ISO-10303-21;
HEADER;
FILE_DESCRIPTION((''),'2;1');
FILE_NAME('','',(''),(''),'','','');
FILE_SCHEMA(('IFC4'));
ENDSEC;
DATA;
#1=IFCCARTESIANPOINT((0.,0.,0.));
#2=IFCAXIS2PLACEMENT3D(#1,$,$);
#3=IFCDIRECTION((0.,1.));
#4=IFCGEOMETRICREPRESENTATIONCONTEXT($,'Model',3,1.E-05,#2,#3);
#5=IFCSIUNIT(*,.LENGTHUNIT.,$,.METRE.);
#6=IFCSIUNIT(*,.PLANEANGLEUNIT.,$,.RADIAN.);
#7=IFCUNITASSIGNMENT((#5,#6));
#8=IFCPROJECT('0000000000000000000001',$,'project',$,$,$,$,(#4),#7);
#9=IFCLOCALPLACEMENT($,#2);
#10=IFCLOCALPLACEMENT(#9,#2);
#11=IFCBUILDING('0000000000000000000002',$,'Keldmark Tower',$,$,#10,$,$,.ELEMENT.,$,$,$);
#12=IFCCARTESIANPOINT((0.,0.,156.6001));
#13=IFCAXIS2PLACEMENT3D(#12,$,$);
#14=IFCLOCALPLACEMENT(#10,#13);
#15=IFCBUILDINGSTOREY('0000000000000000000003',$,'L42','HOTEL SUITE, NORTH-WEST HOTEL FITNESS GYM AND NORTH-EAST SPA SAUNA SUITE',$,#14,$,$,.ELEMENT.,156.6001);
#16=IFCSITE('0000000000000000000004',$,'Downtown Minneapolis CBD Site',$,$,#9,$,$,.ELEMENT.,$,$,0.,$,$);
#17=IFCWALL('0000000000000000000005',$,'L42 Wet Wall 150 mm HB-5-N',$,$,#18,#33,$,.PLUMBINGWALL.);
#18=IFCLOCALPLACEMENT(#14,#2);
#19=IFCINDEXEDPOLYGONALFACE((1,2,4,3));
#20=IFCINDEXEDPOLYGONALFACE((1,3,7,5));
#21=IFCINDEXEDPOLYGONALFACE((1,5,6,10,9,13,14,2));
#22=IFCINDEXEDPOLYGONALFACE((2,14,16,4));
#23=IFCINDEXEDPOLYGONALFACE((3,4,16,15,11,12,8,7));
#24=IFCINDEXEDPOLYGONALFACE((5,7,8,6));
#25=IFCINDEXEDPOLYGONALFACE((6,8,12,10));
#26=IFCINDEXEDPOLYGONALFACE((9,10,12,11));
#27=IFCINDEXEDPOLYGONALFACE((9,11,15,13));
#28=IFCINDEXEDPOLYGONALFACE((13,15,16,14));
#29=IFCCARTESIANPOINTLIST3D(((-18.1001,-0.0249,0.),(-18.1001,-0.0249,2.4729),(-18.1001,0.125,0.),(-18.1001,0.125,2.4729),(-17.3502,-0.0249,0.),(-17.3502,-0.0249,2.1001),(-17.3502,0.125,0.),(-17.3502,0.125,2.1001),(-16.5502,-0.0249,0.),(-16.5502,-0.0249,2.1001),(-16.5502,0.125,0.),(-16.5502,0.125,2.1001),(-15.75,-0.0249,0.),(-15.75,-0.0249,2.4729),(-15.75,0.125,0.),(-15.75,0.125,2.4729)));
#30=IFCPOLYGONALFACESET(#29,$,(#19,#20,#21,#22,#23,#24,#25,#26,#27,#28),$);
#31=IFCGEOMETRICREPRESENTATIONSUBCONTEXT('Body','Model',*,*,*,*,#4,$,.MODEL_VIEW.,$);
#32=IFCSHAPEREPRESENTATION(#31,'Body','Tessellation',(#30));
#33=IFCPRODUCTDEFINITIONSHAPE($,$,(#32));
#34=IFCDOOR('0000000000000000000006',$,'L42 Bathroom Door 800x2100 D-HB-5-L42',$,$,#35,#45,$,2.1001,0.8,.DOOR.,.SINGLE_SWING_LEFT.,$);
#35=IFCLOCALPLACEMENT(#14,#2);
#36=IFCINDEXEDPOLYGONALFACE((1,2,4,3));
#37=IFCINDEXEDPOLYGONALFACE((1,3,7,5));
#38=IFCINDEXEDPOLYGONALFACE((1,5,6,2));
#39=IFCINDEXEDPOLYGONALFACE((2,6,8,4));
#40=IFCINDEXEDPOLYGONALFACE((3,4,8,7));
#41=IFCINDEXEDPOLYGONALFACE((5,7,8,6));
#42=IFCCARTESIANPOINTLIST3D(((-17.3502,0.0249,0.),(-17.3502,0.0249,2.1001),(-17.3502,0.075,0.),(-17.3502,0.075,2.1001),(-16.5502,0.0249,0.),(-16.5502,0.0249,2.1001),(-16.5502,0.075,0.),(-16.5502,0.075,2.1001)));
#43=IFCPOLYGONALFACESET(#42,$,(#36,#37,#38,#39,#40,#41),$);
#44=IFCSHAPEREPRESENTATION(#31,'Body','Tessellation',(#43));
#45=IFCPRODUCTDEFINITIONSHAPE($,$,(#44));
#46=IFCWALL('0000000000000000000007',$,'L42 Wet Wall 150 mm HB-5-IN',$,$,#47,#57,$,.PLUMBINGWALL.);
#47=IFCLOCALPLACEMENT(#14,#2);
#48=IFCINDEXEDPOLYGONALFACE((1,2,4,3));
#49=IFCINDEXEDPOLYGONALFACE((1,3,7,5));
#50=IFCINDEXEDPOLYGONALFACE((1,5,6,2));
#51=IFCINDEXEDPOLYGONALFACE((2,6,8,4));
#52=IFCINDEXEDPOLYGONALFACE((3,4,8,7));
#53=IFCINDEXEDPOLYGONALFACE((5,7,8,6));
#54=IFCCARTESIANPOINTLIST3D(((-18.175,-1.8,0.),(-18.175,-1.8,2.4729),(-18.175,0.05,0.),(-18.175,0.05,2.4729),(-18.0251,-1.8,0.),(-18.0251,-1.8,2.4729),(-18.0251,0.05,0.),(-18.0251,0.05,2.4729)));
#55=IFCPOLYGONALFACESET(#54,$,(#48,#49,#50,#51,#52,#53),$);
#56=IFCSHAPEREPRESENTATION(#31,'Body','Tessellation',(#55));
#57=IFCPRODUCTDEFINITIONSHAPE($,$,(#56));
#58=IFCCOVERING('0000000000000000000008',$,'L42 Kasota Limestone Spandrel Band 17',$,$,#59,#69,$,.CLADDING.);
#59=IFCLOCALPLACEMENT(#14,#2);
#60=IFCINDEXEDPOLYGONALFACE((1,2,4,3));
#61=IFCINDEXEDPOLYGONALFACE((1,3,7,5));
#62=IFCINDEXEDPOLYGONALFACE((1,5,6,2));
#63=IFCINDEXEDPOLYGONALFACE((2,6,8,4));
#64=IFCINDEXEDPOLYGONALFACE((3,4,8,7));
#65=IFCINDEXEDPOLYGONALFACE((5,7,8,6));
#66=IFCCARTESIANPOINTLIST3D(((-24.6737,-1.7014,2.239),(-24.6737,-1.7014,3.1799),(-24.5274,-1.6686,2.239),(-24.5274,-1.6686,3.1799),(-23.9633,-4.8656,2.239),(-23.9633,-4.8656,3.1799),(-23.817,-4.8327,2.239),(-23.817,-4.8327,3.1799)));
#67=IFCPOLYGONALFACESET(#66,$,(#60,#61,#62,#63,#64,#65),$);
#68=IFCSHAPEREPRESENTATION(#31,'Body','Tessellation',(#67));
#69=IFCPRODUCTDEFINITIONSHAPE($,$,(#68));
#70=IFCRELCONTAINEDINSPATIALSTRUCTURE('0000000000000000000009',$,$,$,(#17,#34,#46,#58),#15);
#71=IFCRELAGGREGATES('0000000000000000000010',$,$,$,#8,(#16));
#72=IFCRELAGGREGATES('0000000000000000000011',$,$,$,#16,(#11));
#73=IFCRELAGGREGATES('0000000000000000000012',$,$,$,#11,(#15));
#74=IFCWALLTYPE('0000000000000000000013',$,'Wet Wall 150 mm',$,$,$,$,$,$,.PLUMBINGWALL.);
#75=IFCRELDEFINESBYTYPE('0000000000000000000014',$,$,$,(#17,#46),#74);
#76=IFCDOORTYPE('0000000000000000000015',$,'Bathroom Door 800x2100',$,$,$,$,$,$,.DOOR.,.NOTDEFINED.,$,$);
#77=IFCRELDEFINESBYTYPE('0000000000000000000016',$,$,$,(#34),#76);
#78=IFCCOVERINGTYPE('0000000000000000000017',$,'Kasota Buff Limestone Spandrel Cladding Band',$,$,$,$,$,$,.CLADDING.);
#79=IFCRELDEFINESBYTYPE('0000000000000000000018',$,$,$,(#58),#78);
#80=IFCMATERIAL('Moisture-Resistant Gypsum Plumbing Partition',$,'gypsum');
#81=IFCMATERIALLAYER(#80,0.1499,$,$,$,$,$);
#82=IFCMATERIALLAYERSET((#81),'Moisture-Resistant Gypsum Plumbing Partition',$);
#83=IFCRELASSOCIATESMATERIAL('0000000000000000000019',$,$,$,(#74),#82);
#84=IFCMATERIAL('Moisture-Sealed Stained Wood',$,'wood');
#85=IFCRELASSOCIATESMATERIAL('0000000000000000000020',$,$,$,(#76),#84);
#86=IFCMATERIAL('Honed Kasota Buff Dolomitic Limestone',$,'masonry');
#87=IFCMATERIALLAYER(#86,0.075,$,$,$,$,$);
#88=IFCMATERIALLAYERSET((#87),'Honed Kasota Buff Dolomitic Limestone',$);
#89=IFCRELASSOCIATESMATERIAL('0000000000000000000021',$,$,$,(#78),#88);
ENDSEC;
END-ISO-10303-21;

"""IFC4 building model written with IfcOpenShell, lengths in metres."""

from ifc_helpers import new_model, si_unit, direction, frame, frame_2d, origin, origin_2d, place, context, subcontext, project, spatial, rectangle, extrude, material, layer, layer_set, type_object, element, fill, save


model = new_model("IFC4")

# Units and contexts
model_context = context("Model", 3, precision=1e-05, world=origin(), true_north=direction((0.0, 1.0)))
body_context = subcontext(model_context, "Body", "Model", "MODEL_VIEW")
ifc_project = project(units=[si_unit("LENGTHUNIT", "METRE"), si_unit("PLANEANGLEUNIT", "RADIAN")], contexts=[model_context])

# Site, building, storey
site_placement = place(None, origin())
site = spatial("IfcSite", under=ifc_project, at=site_placement, Name="Downtown Minneapolis CBD Site", CompositionType="ELEMENT", RefElevation=0.0)
building_placement = place(site_placement, origin())
building = spatial("IfcBuilding", under=site, at=building_placement, Name="Keldmark Tower", CompositionType="ELEMENT")
storey_placement = place(building_placement, frame((0.0, 0.0, 156.6001)))
storey = spatial("IfcBuildingStorey", under=building, at=storey_placement, Name="L42", Description="HOTEL SUITE, NORTH-WEST HOTEL FITNESS GYM AND NORTH-EAST SPA SAUNA SUITE", CompositionType="ELEMENT", Elevation=156.6001)

# Shared definitions
ifc_material_1 = material(Name="Moisture-Resistant Gypsum Plumbing Partition", Category="gypsum")
ifc_layer_1 = layer(ifc_material_1, 0.1499)
ifc_layer_set_1 = layer_set([ifc_layer_1], Name="Moisture-Resistant Gypsum Plumbing Partition")
wall_type_1 = type_object("IfcWallType", Name="Wet Wall 150 mm", PredefinedType="PLUMBINGWALL", material=ifc_layer_set_1)

# Wall, opening, door
wall_1_placement = place(storey_placement, frame((-18.1001, 0.05, 0.0), z_axis=(0.0, 0.0, 1.0), x_axis=(1.0, 0.0, 0.0)))
wall_1 = element("IfcWall", 1, at=wall_1_placement, inside=storey, type_object=wall_type_1, Name="L42 Wet Wall 150 mm HB-5-N", PredefinedType="PLUMBINGWALL", context=body_context, shape_type="SweptSolid", body=[
    extrude(rectangle(XDim=2.3501, YDim=0.1499, at=frame_2d((1.175, 0.0))), origin(), (0.0, 0.0, 1.0), 2.4729),
])
opening_1_placement = place(wall_1_placement, frame((0.75, 0.0, 0.0)))
opening_1 = element("IfcOpeningElement", 2, at=opening_1_placement, cuts=wall_1, PredefinedType="OPENING", context=body_context, shape_type="SweptSolid", body=[
    extrude(rectangle(XDim=0.8, YDim=2.1001, at=frame_2d((0.3999, 1.05))), frame((0.0, 0.085, 0.0), z_axis=(0.0, -1.0, 0.0), x_axis=(1.0, 0.0, 0.0)), (0.0, 0.0, 1.0), 0.1699),
])
ifc_material_2 = material(Name="Moisture-Sealed Stained Wood", Category="wood")
door_type = type_object("IfcDoorType", Name="Bathroom Door 800x2100", OperationType="NOTDEFINED", PredefinedType="DOOR", material=ifc_material_2)
door_placement = place(opening_1_placement, origin())
door = element("IfcDoor", 3, at=door_placement, inside=storey, type_object=door_type, Name="L42 Bathroom Door 800x2100 D-HB-5-L42", OperationType="SINGLE_SWING_LEFT", OverallHeight=2.1001, OverallWidth=0.8, PredefinedType="DOOR", context=body_context, shape_type="SweptSolid", body=[
    extrude(rectangle(XDim=0.8, YDim=2.1001, at=frame_2d((0.3999, 1.05))), frame((0.0, 0.0249, 0.0), z_axis=(0.0, -1.0, 0.0), x_axis=(1.0, 0.0, 0.0)), (0.0, 0.0, 1.0), 0.05),
])
fill(opening_1, door)

# Wall
wall_2_placement = place(storey_placement, frame((-18.1001, -1.8, 0.0), z_axis=(0.0, 0.0, 1.0), x_axis=(0.0, 1.0, 0.0)))
element("IfcWall", 4, at=wall_2_placement, inside=storey, type_object=wall_type_1, Name="L42 Wet Wall 150 mm HB-5-IN", PredefinedType="PLUMBINGWALL", context=body_context, shape_type="SweptSolid", body=[
    extrude(rectangle(XDim=1.8501, YDim=0.1499, at=frame_2d((0.925, 0.0))), origin(), (0.0, 0.0, 1.0), 2.4729),
])

# Covering
ifc_material_3 = material(Name="Honed Kasota Buff Dolomitic Limestone", Category="masonry")
ifc_layer_2 = layer(ifc_material_3, 0.075)
ifc_layer_set_2 = layer_set([ifc_layer_2], Name="Honed Kasota Buff Dolomitic Limestone")
covering_type = type_object("IfcCoveringType", Name="Kasota Buff Limestone Spandrel Cladding Band", PredefinedType="CLADDING", material=ifc_layer_set_2)
covering_placement = place(storey_placement, frame((-24.2454, -3.2671, 2.239), z_axis=(0.0, 0.0, 1.0), x_axis=(0.219063, -0.975711, 0.0)))
element("IfcCovering", 5, at=covering_placement, inside=storey, type_object=covering_type, Name="L42 Kasota Limestone Spandrel Band 17", PredefinedType="CLADDING", context=body_context, shape_type="SweptSolid", body=[
    extrude(rectangle(XDim=3.2429, YDim=0.1499, at=origin_2d()), origin(), (0.0, 0.0, 1.0), 0.9409),
])

save(model, "model.ifc")
